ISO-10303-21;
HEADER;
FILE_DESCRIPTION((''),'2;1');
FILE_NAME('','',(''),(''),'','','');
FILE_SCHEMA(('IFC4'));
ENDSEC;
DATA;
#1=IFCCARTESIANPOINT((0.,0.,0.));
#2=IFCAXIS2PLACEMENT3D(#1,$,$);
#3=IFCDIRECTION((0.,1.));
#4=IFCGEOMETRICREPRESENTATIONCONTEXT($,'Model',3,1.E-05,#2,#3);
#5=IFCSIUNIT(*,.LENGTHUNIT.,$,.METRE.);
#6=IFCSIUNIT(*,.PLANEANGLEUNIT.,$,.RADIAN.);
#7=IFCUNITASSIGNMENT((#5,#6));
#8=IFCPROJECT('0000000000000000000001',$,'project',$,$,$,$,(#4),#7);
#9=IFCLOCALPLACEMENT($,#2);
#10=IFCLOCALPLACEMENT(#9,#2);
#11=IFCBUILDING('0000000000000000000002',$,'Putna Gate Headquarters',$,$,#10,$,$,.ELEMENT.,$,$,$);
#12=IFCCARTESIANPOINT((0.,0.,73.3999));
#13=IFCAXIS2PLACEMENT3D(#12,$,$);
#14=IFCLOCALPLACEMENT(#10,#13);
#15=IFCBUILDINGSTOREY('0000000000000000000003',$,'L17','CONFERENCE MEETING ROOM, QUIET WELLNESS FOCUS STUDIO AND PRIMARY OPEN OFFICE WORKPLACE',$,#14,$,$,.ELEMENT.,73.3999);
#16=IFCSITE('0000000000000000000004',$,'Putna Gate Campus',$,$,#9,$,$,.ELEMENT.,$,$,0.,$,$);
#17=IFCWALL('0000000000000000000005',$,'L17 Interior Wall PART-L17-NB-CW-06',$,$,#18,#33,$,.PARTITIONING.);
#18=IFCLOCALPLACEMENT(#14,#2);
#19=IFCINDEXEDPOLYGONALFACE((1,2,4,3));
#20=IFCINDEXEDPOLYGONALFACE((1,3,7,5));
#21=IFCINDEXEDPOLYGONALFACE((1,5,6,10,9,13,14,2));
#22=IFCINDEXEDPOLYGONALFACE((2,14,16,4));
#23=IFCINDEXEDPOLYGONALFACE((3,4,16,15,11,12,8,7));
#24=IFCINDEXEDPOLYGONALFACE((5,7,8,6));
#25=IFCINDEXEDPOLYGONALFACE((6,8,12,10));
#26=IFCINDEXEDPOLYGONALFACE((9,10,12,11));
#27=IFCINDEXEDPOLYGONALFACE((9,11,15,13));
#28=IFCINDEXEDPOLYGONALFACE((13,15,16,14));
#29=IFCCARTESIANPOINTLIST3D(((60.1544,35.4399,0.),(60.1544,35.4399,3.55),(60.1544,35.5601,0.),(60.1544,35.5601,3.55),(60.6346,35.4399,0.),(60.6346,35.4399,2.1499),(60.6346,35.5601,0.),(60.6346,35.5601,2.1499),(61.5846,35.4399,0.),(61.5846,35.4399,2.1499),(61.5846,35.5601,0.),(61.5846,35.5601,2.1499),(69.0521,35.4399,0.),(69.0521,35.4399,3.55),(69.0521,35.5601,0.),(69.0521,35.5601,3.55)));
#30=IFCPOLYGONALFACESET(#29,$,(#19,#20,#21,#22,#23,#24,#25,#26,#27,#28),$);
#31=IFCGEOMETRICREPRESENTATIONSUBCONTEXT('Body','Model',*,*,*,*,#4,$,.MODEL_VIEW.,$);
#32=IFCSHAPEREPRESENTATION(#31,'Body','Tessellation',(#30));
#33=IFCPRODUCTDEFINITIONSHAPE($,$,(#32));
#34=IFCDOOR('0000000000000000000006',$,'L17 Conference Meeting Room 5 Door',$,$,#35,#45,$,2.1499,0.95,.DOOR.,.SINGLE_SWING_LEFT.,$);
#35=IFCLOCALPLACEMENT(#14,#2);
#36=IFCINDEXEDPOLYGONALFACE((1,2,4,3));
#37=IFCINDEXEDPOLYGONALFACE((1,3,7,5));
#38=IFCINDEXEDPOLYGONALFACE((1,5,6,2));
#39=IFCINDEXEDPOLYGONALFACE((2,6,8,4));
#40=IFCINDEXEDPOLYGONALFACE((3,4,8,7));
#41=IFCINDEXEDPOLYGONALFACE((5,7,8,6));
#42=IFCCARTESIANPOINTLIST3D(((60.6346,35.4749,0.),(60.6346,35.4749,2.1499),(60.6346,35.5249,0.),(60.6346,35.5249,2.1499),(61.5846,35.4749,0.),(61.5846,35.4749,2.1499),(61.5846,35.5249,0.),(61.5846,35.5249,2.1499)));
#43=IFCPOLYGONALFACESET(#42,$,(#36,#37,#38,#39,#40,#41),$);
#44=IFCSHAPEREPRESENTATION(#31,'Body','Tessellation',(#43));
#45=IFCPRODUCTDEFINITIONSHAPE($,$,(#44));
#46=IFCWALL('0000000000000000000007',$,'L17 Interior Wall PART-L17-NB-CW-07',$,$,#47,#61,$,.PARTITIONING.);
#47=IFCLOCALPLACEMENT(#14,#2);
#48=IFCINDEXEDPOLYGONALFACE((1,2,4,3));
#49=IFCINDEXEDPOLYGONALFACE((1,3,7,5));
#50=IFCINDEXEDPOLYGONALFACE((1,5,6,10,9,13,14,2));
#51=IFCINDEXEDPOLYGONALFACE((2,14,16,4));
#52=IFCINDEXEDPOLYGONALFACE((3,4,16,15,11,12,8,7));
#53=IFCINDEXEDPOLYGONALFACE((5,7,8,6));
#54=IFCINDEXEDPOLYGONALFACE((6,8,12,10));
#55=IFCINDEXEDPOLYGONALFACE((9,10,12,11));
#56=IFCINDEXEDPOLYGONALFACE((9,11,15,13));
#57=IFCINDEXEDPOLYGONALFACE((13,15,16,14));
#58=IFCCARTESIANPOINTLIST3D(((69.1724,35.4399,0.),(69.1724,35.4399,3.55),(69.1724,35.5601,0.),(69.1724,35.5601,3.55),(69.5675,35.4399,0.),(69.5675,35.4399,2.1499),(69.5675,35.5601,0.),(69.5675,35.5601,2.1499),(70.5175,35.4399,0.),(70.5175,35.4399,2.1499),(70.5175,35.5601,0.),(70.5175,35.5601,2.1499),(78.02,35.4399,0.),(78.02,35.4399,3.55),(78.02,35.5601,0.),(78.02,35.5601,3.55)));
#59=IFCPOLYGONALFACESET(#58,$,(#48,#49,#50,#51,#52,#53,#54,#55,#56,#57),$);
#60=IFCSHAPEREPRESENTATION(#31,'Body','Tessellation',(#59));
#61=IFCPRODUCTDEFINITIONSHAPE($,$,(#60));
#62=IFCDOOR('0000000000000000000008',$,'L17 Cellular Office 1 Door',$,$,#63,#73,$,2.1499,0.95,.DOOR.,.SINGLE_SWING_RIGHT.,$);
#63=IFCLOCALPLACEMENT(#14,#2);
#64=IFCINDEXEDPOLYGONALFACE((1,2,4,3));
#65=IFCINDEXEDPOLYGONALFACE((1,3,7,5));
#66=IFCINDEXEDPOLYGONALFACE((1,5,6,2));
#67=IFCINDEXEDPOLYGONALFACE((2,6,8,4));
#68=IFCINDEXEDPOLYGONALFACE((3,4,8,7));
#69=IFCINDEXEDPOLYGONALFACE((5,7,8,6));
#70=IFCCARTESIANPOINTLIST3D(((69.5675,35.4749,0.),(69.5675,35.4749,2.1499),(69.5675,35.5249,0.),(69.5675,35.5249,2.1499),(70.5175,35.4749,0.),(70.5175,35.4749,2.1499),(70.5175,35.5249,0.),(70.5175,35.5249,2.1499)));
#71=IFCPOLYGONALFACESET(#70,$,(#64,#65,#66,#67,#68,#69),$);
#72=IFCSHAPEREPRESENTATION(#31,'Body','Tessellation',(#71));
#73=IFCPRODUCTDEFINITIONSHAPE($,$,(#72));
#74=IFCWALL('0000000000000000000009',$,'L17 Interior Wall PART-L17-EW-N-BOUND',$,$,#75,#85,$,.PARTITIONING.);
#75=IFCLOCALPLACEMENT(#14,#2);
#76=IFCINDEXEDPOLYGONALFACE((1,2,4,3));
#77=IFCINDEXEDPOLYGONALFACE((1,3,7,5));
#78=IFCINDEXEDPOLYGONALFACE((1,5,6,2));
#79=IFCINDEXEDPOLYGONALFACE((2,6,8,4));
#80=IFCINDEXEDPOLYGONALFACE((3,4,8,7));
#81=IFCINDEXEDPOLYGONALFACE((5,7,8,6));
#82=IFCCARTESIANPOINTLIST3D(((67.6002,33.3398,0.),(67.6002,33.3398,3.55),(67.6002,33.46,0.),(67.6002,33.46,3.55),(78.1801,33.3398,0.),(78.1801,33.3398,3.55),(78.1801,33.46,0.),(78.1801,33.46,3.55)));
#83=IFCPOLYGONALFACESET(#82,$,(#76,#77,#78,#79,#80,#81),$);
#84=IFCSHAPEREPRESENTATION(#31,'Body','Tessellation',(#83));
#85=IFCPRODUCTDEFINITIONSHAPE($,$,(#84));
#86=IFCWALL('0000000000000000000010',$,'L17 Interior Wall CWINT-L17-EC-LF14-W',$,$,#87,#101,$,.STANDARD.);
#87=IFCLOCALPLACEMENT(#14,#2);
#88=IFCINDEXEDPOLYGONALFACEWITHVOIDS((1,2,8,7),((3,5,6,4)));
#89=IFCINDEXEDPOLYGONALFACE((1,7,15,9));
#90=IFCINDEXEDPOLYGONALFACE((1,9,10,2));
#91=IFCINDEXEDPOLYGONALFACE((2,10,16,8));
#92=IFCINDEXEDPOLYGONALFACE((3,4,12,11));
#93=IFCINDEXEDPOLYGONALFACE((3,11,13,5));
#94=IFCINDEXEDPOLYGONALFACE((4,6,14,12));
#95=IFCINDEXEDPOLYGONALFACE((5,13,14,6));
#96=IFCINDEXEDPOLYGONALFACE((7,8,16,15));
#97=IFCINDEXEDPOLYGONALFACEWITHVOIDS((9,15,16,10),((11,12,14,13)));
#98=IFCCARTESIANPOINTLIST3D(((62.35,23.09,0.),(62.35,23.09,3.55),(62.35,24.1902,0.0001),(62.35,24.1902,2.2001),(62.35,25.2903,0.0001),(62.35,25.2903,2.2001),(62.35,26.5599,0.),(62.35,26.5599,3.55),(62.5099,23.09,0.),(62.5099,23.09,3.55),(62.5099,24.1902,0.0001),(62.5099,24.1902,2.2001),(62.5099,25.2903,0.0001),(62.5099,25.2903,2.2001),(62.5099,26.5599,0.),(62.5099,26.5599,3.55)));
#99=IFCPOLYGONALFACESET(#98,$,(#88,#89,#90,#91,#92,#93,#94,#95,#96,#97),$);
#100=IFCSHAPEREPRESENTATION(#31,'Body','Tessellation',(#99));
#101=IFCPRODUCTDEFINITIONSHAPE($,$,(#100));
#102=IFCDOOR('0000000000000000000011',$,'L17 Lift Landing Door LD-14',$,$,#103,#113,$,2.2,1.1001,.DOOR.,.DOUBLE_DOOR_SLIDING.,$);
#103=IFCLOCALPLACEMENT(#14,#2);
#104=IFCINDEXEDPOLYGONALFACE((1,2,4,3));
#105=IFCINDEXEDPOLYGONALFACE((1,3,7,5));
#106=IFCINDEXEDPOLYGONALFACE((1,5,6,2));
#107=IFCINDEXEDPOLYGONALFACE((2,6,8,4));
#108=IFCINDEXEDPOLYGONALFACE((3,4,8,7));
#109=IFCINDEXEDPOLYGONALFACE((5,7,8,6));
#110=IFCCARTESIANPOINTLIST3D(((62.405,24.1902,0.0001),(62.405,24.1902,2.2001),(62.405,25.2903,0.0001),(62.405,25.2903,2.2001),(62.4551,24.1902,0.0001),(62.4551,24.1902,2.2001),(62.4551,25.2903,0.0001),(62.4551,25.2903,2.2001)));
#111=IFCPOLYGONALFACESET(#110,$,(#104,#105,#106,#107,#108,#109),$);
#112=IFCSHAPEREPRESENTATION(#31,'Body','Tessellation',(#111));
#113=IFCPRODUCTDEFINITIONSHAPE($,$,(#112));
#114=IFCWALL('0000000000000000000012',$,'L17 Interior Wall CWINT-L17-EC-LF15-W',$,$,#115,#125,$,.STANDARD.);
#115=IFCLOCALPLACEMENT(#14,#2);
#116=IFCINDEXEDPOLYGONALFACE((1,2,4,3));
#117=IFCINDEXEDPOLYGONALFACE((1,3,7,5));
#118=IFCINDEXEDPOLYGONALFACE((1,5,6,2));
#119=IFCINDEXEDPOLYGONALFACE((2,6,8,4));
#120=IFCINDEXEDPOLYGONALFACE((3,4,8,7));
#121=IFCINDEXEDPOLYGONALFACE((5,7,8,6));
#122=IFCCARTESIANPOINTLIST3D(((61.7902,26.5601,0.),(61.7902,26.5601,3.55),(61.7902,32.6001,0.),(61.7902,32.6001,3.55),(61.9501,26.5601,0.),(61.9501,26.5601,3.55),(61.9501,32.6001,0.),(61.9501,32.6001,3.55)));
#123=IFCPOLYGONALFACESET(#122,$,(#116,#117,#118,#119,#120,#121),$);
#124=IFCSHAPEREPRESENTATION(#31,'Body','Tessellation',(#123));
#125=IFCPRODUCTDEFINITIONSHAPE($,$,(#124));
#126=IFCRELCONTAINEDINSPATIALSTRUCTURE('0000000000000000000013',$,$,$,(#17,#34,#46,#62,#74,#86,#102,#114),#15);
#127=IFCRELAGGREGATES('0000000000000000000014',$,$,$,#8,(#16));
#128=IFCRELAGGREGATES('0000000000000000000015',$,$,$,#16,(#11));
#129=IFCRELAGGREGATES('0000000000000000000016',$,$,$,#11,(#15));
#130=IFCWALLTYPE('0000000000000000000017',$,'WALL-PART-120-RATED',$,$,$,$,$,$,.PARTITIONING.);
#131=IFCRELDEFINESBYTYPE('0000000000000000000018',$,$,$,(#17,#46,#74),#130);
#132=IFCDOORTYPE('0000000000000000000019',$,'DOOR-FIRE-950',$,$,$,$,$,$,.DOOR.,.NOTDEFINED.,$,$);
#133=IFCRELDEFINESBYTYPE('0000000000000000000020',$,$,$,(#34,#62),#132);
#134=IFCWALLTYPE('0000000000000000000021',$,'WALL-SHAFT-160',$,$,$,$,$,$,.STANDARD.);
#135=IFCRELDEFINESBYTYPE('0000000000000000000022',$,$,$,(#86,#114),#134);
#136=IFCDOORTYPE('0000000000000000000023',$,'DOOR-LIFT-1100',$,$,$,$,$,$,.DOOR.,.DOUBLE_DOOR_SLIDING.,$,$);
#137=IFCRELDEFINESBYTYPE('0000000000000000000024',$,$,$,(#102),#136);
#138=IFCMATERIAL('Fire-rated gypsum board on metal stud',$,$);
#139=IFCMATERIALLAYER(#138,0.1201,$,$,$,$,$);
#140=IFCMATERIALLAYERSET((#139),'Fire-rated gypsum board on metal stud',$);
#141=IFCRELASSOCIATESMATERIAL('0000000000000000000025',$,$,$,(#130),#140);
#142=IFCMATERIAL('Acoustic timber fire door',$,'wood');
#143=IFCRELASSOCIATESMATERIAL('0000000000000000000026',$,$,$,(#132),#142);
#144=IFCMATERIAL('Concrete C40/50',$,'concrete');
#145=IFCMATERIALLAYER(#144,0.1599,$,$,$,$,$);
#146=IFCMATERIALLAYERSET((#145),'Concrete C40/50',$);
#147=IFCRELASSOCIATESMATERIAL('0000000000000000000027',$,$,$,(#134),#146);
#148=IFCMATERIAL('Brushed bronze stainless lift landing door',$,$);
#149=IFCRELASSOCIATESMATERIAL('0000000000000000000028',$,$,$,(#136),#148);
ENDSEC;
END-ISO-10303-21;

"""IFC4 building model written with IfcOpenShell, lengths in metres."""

from ifc_helpers import new_model, si_unit, direction, frame, frame_2d, origin, place, context, subcontext, project, spatial, rectangle, extrude, material, layer, layer_set, type_object, element, fill, save


model = new_model("IFC4")

# Units and contexts
model_context = context("Model", 3, precision=1e-05, world=origin(), true_north=direction((0.0, 1.0)))
body_context = subcontext(model_context, "Body", "Model", "MODEL_VIEW")
ifc_project = project(units=[si_unit("LENGTHUNIT", "METRE"), si_unit("PLANEANGLEUNIT", "RADIAN")], contexts=[model_context])

# Site, building, storey
site_placement = place(None, origin())
site = spatial("IfcSite", under=ifc_project, at=site_placement, Name="Putna Gate Campus", CompositionType="ELEMENT", RefElevation=0.0)
building_placement = place(site_placement, origin())
building = spatial("IfcBuilding", under=site, at=building_placement, Name="Putna Gate Headquarters", CompositionType="ELEMENT")
storey_placement = place(building_placement, frame((0.0, 0.0, 73.3999)))
storey = spatial("IfcBuildingStorey", under=building, at=storey_placement, Name="L17", Description="CONFERENCE MEETING ROOM, QUIET WELLNESS FOCUS STUDIO AND PRIMARY OPEN OFFICE WORKPLACE", CompositionType="ELEMENT", Elevation=73.3999)

# Shared definitions
ifc_material_1 = material(Name="Fire-rated gypsum board on metal stud")
ifc_layer_1 = layer(ifc_material_1, 0.1201)
ifc_layer_set_1 = layer_set([ifc_layer_1], Name="Fire-rated gypsum board on metal stud")
wall_type_1 = type_object("IfcWallType", Name="WALL-PART-120-RATED", PredefinedType="PARTITIONING", material=ifc_layer_set_1)

# Walls, openings, doors
wall_1_placement = place(storey_placement, frame((60.1545, 35.5, 0.0), z_axis=(0.0, 0.0, 1.0), x_axis=(1.0, 0.0, 0.0)))
wall_1 = element("IfcWall", 1, at=wall_1_placement, inside=storey, type_object=wall_type_1, Name="L17 Interior Wall PART-L17-NB-CW-06", PredefinedType="PARTITIONING", context=body_context, shape_type="SweptSolid", body=[
    extrude(rectangle(XDim=8.8977, YDim=0.1201, at=frame_2d((4.4487, 0.0))), origin(), (0.0, 0.0, 1.0), 3.55),
])
opening_1_placement = place(wall_1_placement, frame((0.48, 0.0, 0.0)))
opening_1 = element("IfcOpeningElement", 2, at=opening_1_placement, cuts=wall_1, PredefinedType="OPENING", context=body_context, shape_type="SweptSolid", body=[
    extrude(rectangle(XDim=0.95, YDim=2.1499, at=frame_2d((0.4751, 1.075))), frame((0.0, 0.0701, 0.0), z_axis=(0.0, -1.0, 0.0), x_axis=(1.0, 0.0, 0.0)), (0.0, 0.0, 1.0), 0.1401),
])
ifc_material_2 = material(Name="Acoustic timber fire door", Category="wood")
door_type_1 = type_object("IfcDoorType", Name="DOOR-FIRE-950", OperationType="NOTDEFINED", PredefinedType="DOOR", material=ifc_material_2)
door_1_placement = place(opening_1_placement, origin())
door_1 = element("IfcDoor", 3, at=door_1_placement, inside=storey, type_object=door_type_1, Name="L17 Conference Meeting Room 5 Door", OperationType="SINGLE_SWING_LEFT", OverallHeight=2.1499, OverallWidth=0.95, PredefinedType="DOOR", context=body_context, shape_type="SweptSolid", body=[
    extrude(rectangle(XDim=0.95, YDim=2.1499, at=frame_2d((0.4751, 1.075))), frame((0.0, 0.0249, 0.0), z_axis=(0.0, -1.0, 0.0), x_axis=(1.0, 0.0, 0.0)), (0.0, 0.0, 1.0), 0.05),
])
fill(opening_1, door_1)
wall_2_placement = place(storey_placement, frame((69.1724, 35.5, 0.0), z_axis=(0.0, 0.0, 1.0), x_axis=(1.0, 0.0, 0.0)))
wall_2 = element("IfcWall", 4, at=wall_2_placement, inside=storey, type_object=wall_type_1, Name="L17 Interior Wall PART-L17-NB-CW-07", PredefinedType="PARTITIONING", context=body_context, shape_type="SweptSolid", body=[
    extrude(rectangle(XDim=8.8477, YDim=0.1201, at=frame_2d((4.4238, 0.0))), origin(), (0.0, 0.0, 1.0), 3.55),
])
opening_2_placement = place(wall_2_placement, frame((0.395, 0.0, 0.0)))
opening_2 = element("IfcOpeningElement", 5, at=opening_2_placement, cuts=wall_2, PredefinedType="OPENING", context=body_context, shape_type="SweptSolid", body=[
    extrude(rectangle(XDim=0.95, YDim=2.1499, at=frame_2d((0.4751, 1.075))), frame((0.0, 0.0701, 0.0), z_axis=(0.0, -1.0, 0.0), x_axis=(1.0, 0.0, 0.0)), (0.0, 0.0, 1.0), 0.1401),
])
door_2_placement = place(opening_2_placement, origin())
door_2 = element("IfcDoor", 6, at=door_2_placement, inside=storey, type_object=door_type_1, Name="L17 Cellular Office 1 Door", OperationType="SINGLE_SWING_RIGHT", OverallHeight=2.1499, OverallWidth=0.95, PredefinedType="DOOR", context=body_context, shape_type="SweptSolid", body=[
    extrude(rectangle(XDim=0.95, YDim=2.1499, at=frame_2d((0.4751, 1.075))), frame((0.0, 0.0249, 0.0), z_axis=(0.0, -1.0, 0.0), x_axis=(1.0, 0.0, 0.0)), (0.0, 0.0, 1.0), 0.05),
])
fill(opening_2, door_2)

# Wall
wall_3_placement = place(storey_placement, frame((67.6001, 33.3999, 0.0), z_axis=(0.0, 0.0, 1.0), x_axis=(1.0, 0.0, 0.0)))
element("IfcWall", 7, at=wall_3_placement, inside=storey, type_object=wall_type_1, Name="L17 Interior Wall PART-L17-EW-N-BOUND", PredefinedType="PARTITIONING", context=body_context, shape_type="SweptSolid", body=[
    extrude(rectangle(XDim=10.5798, YDim=0.1201, at=frame_2d((5.29, 0.0))), origin(), (0.0, 0.0, 1.0), 3.55),
])

# Wall, opening, door
ifc_material_3 = material(Name="Concrete C40/50", Category="concrete")
ifc_layer_2 = layer(ifc_material_3, 0.1599)
ifc_layer_set_2 = layer_set([ifc_layer_2], Name="Concrete C40/50")
wall_type_2 = type_object("IfcWallType", Name="WALL-SHAFT-160", PredefinedType="STANDARD", material=ifc_layer_set_2)
wall_4_placement = place(storey_placement, frame((62.4299, 23.0901, 0.0), z_axis=(0.0, 0.0, 1.0), x_axis=(0.0, 1.0, 0.0)))
wall_4 = element("IfcWall", 8, at=wall_4_placement, inside=storey, type_object=wall_type_2, Name="L17 Interior Wall CWINT-L17-EC-LF14-W", PredefinedType="STANDARD", context=body_context, shape_type="SweptSolid", body=[
    extrude(rectangle(XDim=3.47, YDim=0.1599, at=frame_2d((1.7349, 0.0))), origin(), (0.0, 0.0, 1.0), 3.55),
])
opening_3_placement = place(wall_4_placement, frame((1.1001, 0.0, 0.0)))
opening_3 = element("IfcOpeningElement", 9, at=opening_3_placement, cuts=wall_4, PredefinedType="OPENING", context=body_context, shape_type="SweptSolid", body=[
    extrude(rectangle(XDim=1.1001, YDim=2.2, at=frame_2d((0.55, 1.1001))), frame((0.0, 0.0898, 0.0), z_axis=(0.0, -1.0, 0.0), x_axis=(1.0, 0.0, 0.0)), (0.0, 0.0, 1.0), 0.1799),
])
ifc_material_4 = material(Name="Brushed bronze stainless lift landing door")
door_type_2 = type_object("IfcDoorType", Name="DOOR-LIFT-1100", OperationType="DOUBLE_DOOR_SLIDING", PredefinedType="DOOR", material=ifc_material_4)
door_3_placement = place(opening_3_placement, origin())
door_3 = element("IfcDoor", 10, at=door_3_placement, inside=storey, type_object=door_type_2, Name="L17 Lift Landing Door LD-14", OperationType="DOUBLE_DOOR_SLIDING", OverallHeight=2.2, OverallWidth=1.1001, PredefinedType="DOOR", context=body_context, shape_type="SweptSolid", body=[
    extrude(rectangle(XDim=1.1001, YDim=2.2, at=frame_2d((0.55, 1.1001))), frame((0.0, 0.0249, 0.0), z_axis=(0.0, -1.0, 0.0), x_axis=(1.0, 0.0, 0.0)), (0.0, 0.0, 1.0), 0.05),
])
fill(opening_3, door_3)

# Wall
wall_5_placement = place(storey_placement, frame((61.8701, 26.5601, 0.0), z_axis=(0.0, 0.0, 1.0), x_axis=(0.0, 1.0, 0.0)))
element("IfcWall", 11, at=wall_5_placement, inside=storey, type_object=wall_type_2, Name="L17 Interior Wall CWINT-L17-EC-LF15-W", PredefinedType="STANDARD", context=body_context, shape_type="SweptSolid", body=[
    extrude(rectangle(XDim=6.04, YDim=0.1599, at=frame_2d((3.02, 0.0))), origin(), (0.0, 0.0, 1.0), 3.55),
])

save(model, "model.ifc")
